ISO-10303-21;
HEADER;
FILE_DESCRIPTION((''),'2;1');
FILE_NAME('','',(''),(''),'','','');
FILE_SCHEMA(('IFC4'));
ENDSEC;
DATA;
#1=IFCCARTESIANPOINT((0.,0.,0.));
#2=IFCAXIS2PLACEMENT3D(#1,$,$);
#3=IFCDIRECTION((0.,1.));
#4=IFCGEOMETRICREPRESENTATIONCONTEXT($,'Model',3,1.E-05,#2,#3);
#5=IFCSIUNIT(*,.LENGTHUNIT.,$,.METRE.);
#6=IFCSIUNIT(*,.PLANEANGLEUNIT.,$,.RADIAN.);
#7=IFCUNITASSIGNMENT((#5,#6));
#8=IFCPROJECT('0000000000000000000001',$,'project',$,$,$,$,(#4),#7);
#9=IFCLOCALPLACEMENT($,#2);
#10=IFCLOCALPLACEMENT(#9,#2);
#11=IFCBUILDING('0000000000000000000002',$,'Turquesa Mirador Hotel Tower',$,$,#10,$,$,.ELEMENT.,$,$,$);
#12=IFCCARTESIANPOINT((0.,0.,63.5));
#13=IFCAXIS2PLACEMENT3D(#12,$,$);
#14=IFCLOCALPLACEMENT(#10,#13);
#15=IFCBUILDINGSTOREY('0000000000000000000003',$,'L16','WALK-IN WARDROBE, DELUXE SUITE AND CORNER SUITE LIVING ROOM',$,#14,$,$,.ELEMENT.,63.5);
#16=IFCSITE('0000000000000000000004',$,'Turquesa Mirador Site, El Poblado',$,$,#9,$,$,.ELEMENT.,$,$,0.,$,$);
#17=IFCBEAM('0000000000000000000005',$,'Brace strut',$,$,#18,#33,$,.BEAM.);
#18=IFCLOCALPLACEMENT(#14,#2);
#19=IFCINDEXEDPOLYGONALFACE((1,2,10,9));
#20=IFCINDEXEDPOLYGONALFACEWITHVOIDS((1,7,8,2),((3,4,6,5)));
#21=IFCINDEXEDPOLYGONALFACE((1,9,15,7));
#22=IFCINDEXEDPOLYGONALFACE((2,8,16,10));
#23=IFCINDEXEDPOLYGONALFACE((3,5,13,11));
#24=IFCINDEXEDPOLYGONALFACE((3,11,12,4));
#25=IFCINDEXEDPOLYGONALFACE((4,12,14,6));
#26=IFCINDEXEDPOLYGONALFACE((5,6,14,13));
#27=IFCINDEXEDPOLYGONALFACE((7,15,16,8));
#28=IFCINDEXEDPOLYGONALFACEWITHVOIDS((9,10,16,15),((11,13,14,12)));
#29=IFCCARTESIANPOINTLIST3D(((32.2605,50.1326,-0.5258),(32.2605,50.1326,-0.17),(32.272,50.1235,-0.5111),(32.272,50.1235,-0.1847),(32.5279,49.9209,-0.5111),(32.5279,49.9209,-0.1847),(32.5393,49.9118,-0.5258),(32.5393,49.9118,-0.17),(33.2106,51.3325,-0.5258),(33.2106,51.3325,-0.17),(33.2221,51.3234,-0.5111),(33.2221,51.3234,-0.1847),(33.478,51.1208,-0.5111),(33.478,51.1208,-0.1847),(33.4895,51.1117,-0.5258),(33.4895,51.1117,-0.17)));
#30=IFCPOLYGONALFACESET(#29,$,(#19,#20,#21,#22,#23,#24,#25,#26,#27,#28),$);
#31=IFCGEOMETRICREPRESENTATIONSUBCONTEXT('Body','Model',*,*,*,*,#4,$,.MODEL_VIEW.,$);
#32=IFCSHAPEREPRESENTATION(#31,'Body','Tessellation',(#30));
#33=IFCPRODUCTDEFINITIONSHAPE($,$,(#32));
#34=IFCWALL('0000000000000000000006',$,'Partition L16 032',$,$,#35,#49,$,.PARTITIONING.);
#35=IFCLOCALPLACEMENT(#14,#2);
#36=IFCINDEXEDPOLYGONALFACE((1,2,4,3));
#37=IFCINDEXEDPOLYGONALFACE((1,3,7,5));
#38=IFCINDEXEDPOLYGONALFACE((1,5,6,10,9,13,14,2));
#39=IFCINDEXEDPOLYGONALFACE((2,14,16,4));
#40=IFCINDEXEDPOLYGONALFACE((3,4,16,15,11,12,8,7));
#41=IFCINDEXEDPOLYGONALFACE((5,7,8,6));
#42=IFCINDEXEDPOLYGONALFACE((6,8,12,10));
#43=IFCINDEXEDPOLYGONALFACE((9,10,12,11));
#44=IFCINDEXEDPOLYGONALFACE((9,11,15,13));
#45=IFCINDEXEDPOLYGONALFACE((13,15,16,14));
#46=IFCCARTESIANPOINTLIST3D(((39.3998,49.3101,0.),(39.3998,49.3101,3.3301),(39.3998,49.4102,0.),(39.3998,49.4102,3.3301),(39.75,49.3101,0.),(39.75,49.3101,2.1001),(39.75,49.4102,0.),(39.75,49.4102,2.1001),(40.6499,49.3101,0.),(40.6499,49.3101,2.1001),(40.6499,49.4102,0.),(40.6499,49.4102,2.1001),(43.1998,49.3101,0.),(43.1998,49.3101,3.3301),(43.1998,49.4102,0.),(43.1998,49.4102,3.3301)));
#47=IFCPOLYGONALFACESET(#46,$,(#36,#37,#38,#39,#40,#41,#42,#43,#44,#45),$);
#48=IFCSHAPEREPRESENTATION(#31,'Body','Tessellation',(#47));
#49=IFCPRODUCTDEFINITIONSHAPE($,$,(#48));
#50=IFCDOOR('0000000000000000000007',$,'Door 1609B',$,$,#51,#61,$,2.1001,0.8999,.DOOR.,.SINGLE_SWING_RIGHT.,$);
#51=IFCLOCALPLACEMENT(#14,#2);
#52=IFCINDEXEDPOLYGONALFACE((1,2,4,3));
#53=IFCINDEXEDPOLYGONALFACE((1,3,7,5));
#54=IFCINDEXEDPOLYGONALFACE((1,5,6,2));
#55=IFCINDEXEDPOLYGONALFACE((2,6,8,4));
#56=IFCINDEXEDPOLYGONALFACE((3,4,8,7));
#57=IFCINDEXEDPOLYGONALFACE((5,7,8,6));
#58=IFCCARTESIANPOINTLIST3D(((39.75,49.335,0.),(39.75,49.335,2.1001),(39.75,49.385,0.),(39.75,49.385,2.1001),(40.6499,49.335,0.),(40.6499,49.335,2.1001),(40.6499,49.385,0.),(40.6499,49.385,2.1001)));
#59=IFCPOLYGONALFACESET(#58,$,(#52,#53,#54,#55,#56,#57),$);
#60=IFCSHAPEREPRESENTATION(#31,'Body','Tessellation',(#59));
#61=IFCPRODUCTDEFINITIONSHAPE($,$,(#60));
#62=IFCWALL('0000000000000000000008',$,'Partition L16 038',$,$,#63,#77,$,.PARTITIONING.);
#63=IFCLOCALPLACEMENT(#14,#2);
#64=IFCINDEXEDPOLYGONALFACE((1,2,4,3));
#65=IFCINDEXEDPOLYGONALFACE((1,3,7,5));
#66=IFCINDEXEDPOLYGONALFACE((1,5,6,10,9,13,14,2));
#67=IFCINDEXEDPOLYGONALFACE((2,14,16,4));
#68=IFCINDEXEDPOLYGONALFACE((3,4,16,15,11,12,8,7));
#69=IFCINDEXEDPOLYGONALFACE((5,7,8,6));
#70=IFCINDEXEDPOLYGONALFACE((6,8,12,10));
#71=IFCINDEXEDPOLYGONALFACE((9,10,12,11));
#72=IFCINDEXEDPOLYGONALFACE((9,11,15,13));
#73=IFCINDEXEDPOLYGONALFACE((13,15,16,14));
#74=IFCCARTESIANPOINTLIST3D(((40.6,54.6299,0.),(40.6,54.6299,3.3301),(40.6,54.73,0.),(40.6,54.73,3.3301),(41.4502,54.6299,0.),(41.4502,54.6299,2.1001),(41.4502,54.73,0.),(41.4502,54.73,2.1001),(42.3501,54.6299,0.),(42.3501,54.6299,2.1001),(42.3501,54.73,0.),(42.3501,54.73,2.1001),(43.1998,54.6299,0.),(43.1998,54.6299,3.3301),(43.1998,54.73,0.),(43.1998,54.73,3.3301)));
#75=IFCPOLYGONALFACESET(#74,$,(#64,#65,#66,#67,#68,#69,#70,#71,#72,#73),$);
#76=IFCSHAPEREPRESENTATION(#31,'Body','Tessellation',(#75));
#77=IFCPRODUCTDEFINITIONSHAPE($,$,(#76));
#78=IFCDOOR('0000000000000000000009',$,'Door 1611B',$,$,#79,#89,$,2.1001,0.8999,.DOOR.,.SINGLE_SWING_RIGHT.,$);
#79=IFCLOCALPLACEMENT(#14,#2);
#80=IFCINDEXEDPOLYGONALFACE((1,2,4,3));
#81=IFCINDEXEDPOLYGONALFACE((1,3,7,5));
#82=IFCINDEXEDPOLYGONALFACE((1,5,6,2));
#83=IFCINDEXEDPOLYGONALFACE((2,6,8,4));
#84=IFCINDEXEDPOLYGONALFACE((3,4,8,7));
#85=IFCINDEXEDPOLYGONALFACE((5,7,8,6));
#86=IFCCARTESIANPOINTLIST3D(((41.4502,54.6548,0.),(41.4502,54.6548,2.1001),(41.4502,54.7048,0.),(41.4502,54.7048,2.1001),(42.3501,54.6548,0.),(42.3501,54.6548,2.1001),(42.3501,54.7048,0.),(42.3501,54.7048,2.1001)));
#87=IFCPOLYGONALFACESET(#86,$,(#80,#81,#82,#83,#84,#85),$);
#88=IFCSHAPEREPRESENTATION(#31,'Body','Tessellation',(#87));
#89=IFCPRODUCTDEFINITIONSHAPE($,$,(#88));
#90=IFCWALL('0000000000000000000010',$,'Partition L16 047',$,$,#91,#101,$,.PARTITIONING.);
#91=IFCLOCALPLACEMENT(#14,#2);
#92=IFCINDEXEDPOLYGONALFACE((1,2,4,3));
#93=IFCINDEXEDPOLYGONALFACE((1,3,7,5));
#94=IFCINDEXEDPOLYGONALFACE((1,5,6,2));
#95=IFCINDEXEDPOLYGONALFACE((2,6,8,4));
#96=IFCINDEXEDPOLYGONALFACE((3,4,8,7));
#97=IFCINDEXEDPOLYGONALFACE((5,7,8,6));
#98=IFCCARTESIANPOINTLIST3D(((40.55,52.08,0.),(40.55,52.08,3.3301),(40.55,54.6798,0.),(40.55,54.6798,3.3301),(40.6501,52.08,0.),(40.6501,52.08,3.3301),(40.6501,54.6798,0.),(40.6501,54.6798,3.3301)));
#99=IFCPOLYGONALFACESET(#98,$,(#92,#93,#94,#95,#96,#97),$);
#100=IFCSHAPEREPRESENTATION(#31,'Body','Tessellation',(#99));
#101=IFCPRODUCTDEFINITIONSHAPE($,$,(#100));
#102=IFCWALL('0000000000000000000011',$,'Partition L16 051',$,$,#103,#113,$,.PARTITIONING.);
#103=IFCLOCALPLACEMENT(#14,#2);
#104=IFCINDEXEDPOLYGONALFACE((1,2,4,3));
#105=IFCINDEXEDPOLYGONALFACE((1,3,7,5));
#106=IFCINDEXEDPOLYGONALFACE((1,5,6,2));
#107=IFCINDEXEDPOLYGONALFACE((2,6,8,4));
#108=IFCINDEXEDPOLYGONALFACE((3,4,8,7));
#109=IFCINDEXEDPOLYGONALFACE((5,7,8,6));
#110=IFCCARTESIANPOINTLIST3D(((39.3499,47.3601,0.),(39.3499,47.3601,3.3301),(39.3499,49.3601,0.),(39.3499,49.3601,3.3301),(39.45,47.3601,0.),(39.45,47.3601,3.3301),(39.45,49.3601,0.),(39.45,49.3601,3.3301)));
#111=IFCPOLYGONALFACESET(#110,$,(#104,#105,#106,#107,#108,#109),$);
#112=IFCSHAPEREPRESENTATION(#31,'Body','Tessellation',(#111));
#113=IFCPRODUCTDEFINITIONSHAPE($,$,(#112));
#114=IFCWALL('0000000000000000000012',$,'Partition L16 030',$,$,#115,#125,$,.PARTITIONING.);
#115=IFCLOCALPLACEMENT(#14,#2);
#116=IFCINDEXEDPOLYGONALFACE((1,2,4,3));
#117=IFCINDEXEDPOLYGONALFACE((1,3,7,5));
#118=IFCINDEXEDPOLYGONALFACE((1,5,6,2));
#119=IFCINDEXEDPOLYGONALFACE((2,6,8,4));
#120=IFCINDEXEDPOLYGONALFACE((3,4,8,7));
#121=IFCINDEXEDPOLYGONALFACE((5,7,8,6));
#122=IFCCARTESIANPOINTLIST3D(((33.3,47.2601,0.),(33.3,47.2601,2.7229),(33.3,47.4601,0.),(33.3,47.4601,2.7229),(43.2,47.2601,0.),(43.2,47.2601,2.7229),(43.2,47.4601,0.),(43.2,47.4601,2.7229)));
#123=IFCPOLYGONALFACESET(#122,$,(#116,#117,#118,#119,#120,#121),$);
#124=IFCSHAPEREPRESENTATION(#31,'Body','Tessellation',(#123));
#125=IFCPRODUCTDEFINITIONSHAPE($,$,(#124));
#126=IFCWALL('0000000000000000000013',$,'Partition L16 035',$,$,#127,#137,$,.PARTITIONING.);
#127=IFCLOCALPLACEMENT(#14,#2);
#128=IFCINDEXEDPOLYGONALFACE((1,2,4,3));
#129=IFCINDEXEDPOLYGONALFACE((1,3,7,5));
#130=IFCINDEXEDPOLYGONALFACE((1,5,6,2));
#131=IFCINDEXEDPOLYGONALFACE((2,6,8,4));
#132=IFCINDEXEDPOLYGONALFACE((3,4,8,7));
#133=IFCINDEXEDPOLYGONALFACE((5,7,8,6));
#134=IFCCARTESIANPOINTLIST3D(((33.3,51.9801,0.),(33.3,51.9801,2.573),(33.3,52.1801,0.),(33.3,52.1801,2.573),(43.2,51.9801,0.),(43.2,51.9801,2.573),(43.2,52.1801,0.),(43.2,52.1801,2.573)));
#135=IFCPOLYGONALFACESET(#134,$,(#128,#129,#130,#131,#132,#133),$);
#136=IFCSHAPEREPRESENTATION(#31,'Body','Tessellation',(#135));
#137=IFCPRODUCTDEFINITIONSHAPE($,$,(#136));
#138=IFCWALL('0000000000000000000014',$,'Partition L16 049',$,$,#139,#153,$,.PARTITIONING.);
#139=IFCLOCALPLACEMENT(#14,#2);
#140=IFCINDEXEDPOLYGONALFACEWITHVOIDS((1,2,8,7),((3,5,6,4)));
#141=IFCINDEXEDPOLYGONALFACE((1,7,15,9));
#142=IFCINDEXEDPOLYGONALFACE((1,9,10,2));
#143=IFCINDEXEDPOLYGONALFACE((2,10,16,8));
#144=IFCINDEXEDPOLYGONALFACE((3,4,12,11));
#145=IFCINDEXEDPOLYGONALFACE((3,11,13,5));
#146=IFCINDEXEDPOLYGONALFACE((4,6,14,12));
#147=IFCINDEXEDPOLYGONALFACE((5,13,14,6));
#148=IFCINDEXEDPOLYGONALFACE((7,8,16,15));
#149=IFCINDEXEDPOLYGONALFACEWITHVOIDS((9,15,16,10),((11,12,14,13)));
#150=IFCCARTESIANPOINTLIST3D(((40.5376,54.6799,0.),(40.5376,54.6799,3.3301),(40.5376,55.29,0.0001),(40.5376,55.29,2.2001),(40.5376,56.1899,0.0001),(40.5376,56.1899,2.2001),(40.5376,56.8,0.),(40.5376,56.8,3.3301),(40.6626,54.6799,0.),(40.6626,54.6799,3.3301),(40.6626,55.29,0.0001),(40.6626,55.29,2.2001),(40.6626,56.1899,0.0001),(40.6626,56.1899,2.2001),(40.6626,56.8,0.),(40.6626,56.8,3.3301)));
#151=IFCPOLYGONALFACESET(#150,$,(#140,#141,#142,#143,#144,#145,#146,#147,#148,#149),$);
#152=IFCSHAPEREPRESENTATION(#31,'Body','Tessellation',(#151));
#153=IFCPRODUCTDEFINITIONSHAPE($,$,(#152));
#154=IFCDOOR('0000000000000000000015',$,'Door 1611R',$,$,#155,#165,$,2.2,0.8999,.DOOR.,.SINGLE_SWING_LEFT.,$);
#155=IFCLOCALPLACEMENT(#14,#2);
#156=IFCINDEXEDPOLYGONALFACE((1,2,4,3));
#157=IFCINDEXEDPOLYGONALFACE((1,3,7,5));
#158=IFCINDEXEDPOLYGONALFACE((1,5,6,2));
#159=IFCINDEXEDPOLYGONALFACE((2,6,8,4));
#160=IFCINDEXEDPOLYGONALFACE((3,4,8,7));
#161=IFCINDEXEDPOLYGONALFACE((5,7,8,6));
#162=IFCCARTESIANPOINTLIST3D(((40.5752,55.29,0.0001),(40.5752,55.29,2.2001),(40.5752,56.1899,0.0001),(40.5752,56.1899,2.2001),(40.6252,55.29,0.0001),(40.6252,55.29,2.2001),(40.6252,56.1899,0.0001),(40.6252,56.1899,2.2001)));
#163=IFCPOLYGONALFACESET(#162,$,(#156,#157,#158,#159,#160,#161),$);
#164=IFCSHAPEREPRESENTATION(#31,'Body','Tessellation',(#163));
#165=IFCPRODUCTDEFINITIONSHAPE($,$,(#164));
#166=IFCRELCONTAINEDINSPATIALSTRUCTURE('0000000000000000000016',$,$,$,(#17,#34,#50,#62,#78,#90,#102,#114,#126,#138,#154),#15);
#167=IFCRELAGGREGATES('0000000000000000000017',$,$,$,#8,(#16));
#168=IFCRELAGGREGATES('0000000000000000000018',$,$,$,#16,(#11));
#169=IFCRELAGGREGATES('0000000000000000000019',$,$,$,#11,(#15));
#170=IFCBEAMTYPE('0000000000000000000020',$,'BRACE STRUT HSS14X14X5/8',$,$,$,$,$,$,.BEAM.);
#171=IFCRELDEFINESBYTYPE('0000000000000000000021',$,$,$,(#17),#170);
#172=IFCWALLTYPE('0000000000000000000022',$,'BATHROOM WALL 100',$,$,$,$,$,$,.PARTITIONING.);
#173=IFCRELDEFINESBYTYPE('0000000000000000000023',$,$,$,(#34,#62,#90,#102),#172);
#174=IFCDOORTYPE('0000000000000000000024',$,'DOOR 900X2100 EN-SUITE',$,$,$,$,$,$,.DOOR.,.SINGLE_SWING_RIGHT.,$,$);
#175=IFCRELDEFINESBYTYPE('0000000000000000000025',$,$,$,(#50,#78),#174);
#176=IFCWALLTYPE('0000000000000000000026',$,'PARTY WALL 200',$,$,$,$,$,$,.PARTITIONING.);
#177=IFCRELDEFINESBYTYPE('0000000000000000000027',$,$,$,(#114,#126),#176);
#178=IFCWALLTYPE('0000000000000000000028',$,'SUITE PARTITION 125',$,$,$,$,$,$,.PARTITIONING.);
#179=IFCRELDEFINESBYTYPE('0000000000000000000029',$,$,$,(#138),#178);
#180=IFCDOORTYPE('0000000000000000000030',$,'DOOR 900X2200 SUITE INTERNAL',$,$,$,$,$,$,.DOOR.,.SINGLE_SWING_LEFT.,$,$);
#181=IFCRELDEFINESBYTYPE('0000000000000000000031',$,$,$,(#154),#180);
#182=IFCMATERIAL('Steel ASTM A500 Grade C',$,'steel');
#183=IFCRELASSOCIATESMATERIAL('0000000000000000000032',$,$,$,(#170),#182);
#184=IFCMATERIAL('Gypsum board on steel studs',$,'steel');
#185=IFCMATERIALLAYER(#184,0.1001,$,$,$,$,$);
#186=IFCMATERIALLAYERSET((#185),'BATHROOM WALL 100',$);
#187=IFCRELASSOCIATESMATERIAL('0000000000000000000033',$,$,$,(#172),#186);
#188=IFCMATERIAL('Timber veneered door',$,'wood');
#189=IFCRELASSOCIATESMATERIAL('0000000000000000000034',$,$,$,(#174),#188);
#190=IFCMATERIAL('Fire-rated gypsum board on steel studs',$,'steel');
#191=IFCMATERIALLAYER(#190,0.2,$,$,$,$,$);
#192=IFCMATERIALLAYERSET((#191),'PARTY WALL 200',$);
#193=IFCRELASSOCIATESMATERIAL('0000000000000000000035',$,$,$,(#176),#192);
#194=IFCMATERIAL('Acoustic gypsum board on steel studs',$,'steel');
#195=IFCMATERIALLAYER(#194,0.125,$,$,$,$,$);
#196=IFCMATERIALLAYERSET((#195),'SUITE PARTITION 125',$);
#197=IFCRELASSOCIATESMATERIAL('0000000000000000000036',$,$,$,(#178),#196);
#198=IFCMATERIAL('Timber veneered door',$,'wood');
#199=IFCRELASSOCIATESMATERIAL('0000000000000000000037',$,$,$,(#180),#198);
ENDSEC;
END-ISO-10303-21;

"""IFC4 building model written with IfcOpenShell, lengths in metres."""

from ifc_helpers import new_model, si_unit, direction, frame, frame_2d, origin, origin_2d, place, context, subcontext, project, spatial, rectangle, hollow_rectangle, extrude, material, layer, layer_set, material_profile, profile_set, type_object, element, fill, save


model = new_model("IFC4")

# Units and contexts
model_context = context("Model", 3, precision=1e-05, world=origin(), true_north=direction((0.0, 1.0)))
body_context = subcontext(model_context, "Body", "Model", "MODEL_VIEW")
ifc_project = project(units=[si_unit("LENGTHUNIT", "METRE"), si_unit("PLANEANGLEUNIT", "RADIAN")], contexts=[model_context])

# Site, building, storey
site_placement = place(None, origin())
site = spatial("IfcSite", under=ifc_project, at=site_placement, Name="Turquesa Mirador Site, El Poblado", CompositionType="ELEMENT", RefElevation=0.0)
building_placement = place(site_placement, origin())
building = spatial("IfcBuilding", under=site, at=building_placement, Name="Turquesa Mirador Hotel Tower", CompositionType="ELEMENT")
storey_placement = place(building_placement, frame((0.0, 0.0, 63.5)))
storey = spatial("IfcBuildingStorey", under=building, at=storey_placement, Name="L16", Description="WALK-IN WARDROBE, DELUXE SUITE AND CORNER SUITE LIVING ROOM", CompositionType="ELEMENT", Elevation=63.5)

# Beam
ifc_material_1 = material(Name="Steel ASTM A500 Grade C", Category="steel")
ifc_material_profile_1 = material_profile(ifc_material_1, hollow_rectangle(XDim=0.3557, YDim=0.3557, WallThickness=0.0146, at=origin_2d()), Name="HSS14X14X5/8")
ifc_profile_set_1 = profile_set([ifc_material_profile_1], Name="Steel ASTM A500 Grade C")
beam_type_1 = type_object("IfcBeamType", Name="BRACE STRUT HSS14X14X5/8", PredefinedType="BEAM", material=ifc_profile_set_1)
for number, where, z_axis, x_axis, name in (
    (1, (32.3999, 50.0222, -0.3479), (0.620797, 0.783971, 0.0), (-0.783971, 0.620797, 0.0), "Brace strut"),
):
    element("IfcBeam", number, at=place(storey_placement, frame(where, z_axis=z_axis, x_axis=x_axis)), inside=storey, type_object=beam_type_1, Name=name, PredefinedType="BEAM", context=body_context, shape_type="SweptSolid", body=[
        extrude(hollow_rectangle(XDim=0.3557, YDim=0.3557, WallThickness=0.0146, at=origin_2d()), origin(), (0.0, 0.0, 1.0), 1.5305),
    ])

# Walls, openings, doors
ifc_material_2 = material(Name="Gypsum board on steel studs", Category="steel")
ifc_layer_1 = layer(ifc_material_2, 0.1001)
ifc_layer_set_1 = layer_set([ifc_layer_1], Name="BATHROOM WALL 100")
wall_type_1 = type_object("IfcWallType", Name="BATHROOM WALL 100", PredefinedType="PARTITIONING", material=ifc_layer_set_1)
wall_1_placement = place(storey_placement, frame((39.3999, 49.3601, 0.0), z_axis=(0.0, 0.0, 1.0), x_axis=(1.0, 0.0, 0.0)))
wall_1 = element("IfcWall", 2, at=wall_1_placement, inside=storey, type_object=wall_type_1, Name="Partition L16 032", PredefinedType="PARTITIONING", context=body_context, shape_type="SweptSolid", body=[
    extrude(rectangle(XDim=3.8, YDim=0.1001, at=frame_2d((1.8999, 0.0))), origin(), (0.0, 0.0, 1.0), 3.3301),
])
opening_1_placement = place(wall_1_placement, frame((0.3501, 0.0, 0.0)))
opening_1 = element("IfcOpeningElement", 3, at=opening_1_placement, cuts=wall_1, PredefinedType="OPENING", context=body_context, shape_type="SweptSolid", body=[
    extrude(rectangle(XDim=0.8999, YDim=2.1001, at=frame_2d((0.45, 1.05))), frame((0.0, 0.0601, 0.0), z_axis=(0.0, -1.0, 0.0), x_axis=(1.0, 0.0, 0.0)), (0.0, 0.0, 1.0), 0.1201),
])
ifc_material_3 = material(Name="Timber veneered door", Category="wood")
door_type_1 = type_object("IfcDoorType", Name="DOOR 900X2100 EN-SUITE", OperationType="SINGLE_SWING_RIGHT", PredefinedType="DOOR", material=ifc_material_3)
door_1_placement = place(opening_1_placement, origin())
door_1 = element("IfcDoor", 4, at=door_1_placement, inside=storey, type_object=door_type_1, Name="Door 1609B", OperationType="SINGLE_SWING_RIGHT", OverallHeight=2.1001, OverallWidth=0.8999, PredefinedType="DOOR", context=body_context, shape_type="SweptSolid", body=[
    extrude(rectangle(XDim=0.8999, YDim=2.1001, at=frame_2d((0.45, 1.05))), frame((0.0, 0.0249, 0.0), z_axis=(0.0, -1.0, 0.0), x_axis=(1.0, 0.0, 0.0)), (0.0, 0.0, 1.0), 0.05),
])
fill(opening_1, door_1)
wall_2_placement = place(storey_placement, frame((40.6001, 54.6799, 0.0), z_axis=(0.0, 0.0, 1.0), x_axis=(1.0, 0.0, 0.0)))
wall_2 = element("IfcWall", 5, at=wall_2_placement, inside=storey, type_object=wall_type_1, Name="Partition L16 038", PredefinedType="PARTITIONING", context=body_context, shape_type="SweptSolid", body=[
    extrude(rectangle(XDim=2.5999, YDim=0.1001, at=frame_2d((1.2998, 0.0))), origin(), (0.0, 0.0, 1.0), 3.3301),
])
opening_2_placement = place(wall_2_placement, frame((0.8501, 0.0, 0.0)))
opening_2 = element("IfcOpeningElement", 6, at=opening_2_placement, cuts=wall_2, PredefinedType="OPENING", context=body_context, shape_type="SweptSolid", body=[
    extrude(rectangle(XDim=0.8999, YDim=2.1001, at=frame_2d((0.45, 1.05))), frame((0.0, 0.0601, 0.0), z_axis=(0.0, -1.0, 0.0), x_axis=(1.0, 0.0, 0.0)), (0.0, 0.0, 1.0), 0.1201),
])
door_2_placement = place(opening_2_placement, origin())
door_2 = element("IfcDoor", 7, at=door_2_placement, inside=storey, type_object=door_type_1, Name="Door 1611B", OperationType="SINGLE_SWING_RIGHT", OverallHeight=2.1001, OverallWidth=0.8999, PredefinedType="DOOR", context=body_context, shape_type="SweptSolid", body=[
    extrude(rectangle(XDim=0.8999, YDim=2.1001, at=frame_2d((0.45, 1.05))), frame((0.0, 0.0249, 0.0), z_axis=(0.0, -1.0, 0.0), x_axis=(1.0, 0.0, 0.0)), (0.0, 0.0, 1.0), 0.05),
])
fill(opening_2, door_2)

# Walls
wall_3_placement = place(storey_placement, frame((40.6001, 52.0801, 0.0), z_axis=(0.0, 0.0, 1.0), x_axis=(0.0, 1.0, 0.0)))
element("IfcWall", 8, at=wall_3_placement, inside=storey, type_object=wall_type_1, Name="Partition L16 047", PredefinedType="PARTITIONING", context=body_context, shape_type="SweptSolid", body=[
    extrude(rectangle(XDim=2.5999, YDim=0.1001, at=frame_2d((1.2998, 0.0))), origin(), (0.0, 0.0, 1.0), 3.3301),
])
wall_4_placement = place(storey_placement, frame((39.3999, 47.3601, 0.0), z_axis=(0.0, 0.0, 1.0), x_axis=(0.0, 1.0, 0.0)))
element("IfcWall", 9, at=wall_4_placement, inside=storey, type_object=wall_type_1, Name="Partition L16 051", PredefinedType="PARTITIONING", context=body_context, shape_type="SweptSolid", body=[
    extrude(rectangle(XDim=2.0, YDim=0.1001, at=frame_2d((1.0, 0.0))), origin(), (0.0, 0.0, 1.0), 3.3301),
])
ifc_material_4 = material(Name="Fire-rated gypsum board on steel studs", Category="steel")
ifc_layer_2 = layer(ifc_material_4, 0.2)
ifc_layer_set_2 = layer_set([ifc_layer_2], Name="PARTY WALL 200")
wall_type_2 = type_object("IfcWallType", Name="PARTY WALL 200", PredefinedType="PARTITIONING", material=ifc_layer_set_2)
wall_5_placement = place(storey_placement, frame((33.3, 47.3601, 0.0), z_axis=(0.0, 0.0, 1.0), x_axis=(1.0, 0.0, 0.0)))
element("IfcWall", 10, at=wall_5_placement, inside=storey, type_object=wall_type_2, Name="Partition L16 030", PredefinedType="PARTITIONING", context=body_context, shape_type="SweptSolid", body=[
    extrude(rectangle(XDim=9.8999, YDim=0.2, at=frame_2d((4.95, 0.0))), origin(), (0.0, 0.0, 1.0), 2.7229),
])
wall_6_placement = place(storey_placement, frame((33.3, 52.0801, 0.0), z_axis=(0.0, 0.0, 1.0), x_axis=(1.0, 0.0, 0.0)))
element("IfcWall", 11, at=wall_6_placement, inside=storey, type_object=wall_type_2, Name="Partition L16 035", PredefinedType="PARTITIONING", context=body_context, shape_type="SweptSolid", body=[
    extrude(rectangle(XDim=9.8999, YDim=0.2, at=frame_2d((4.95, 0.0))), origin(), (0.0, 0.0, 1.0), 2.573),
])

# Wall, opening, door
ifc_material_5 = material(Name="Acoustic gypsum board on steel studs", Category="steel")
ifc_layer_3 = layer(ifc_material_5, 0.125)
ifc_layer_set_3 = layer_set([ifc_layer_3], Name="SUITE PARTITION 125")
wall_type_3 = type_object("IfcWallType", Name="SUITE PARTITION 125", PredefinedType="PARTITIONING", material=ifc_layer_set_3)
wall_7_placement = place(storey_placement, frame((40.6001, 54.6799, 0.0), z_axis=(0.0, 0.0, 1.0), x_axis=(0.0, 1.0, 0.0)))
wall_7 = element("IfcWall", 12, at=wall_7_placement, inside=storey, type_object=wall_type_3, Name="Partition L16 049", PredefinedType="PARTITIONING", context=body_context, shape_type="SweptSolid", body=[
    extrude(rectangle(XDim=2.1201, YDim=0.125, at=frame_2d((1.0601, 0.0))), origin(), (0.0, 0.0, 1.0), 3.3301),
])
opening_3_placement = place(wall_7_placement, frame((0.6101, 0.0, 0.0)))
opening_3 = element("IfcOpeningElement", 13, at=opening_3_placement, cuts=wall_7, PredefinedType="OPENING", context=body_context, shape_type="SweptSolid", body=[
    extrude(rectangle(XDim=0.8999, YDim=2.2, at=frame_2d((0.45, 1.1001))), frame((0.0, 0.0725, 0.0), z_axis=(0.0, -1.0, 0.0), x_axis=(1.0, 0.0, 0.0)), (0.0, 0.0, 1.0), 0.145),
])
ifc_material_6 = material(Name="Timber veneered door", Category="wood")
door_type_2 = type_object("IfcDoorType", Name="DOOR 900X2200 SUITE INTERNAL", OperationType="SINGLE_SWING_LEFT", PredefinedType="DOOR", material=ifc_material_6)
door_3_placement = place(opening_3_placement, origin())
door_3 = element("IfcDoor", 14, at=door_3_placement, inside=storey, type_object=door_type_2, Name="Door 1611R", OperationType="SINGLE_SWING_LEFT", OverallHeight=2.2, OverallWidth=0.8999, PredefinedType="DOOR", context=body_context, shape_type="SweptSolid", body=[
    extrude(rectangle(XDim=0.8999, YDim=2.2, at=frame_2d((0.45, 1.1001))), frame((0.0, 0.0249, 0.0), z_axis=(0.0, -1.0, 0.0), x_axis=(1.0, 0.0, 0.0)), (0.0, 0.0, 1.0), 0.05),
])
fill(opening_3, door_3)

save(model, "model.ifc")
